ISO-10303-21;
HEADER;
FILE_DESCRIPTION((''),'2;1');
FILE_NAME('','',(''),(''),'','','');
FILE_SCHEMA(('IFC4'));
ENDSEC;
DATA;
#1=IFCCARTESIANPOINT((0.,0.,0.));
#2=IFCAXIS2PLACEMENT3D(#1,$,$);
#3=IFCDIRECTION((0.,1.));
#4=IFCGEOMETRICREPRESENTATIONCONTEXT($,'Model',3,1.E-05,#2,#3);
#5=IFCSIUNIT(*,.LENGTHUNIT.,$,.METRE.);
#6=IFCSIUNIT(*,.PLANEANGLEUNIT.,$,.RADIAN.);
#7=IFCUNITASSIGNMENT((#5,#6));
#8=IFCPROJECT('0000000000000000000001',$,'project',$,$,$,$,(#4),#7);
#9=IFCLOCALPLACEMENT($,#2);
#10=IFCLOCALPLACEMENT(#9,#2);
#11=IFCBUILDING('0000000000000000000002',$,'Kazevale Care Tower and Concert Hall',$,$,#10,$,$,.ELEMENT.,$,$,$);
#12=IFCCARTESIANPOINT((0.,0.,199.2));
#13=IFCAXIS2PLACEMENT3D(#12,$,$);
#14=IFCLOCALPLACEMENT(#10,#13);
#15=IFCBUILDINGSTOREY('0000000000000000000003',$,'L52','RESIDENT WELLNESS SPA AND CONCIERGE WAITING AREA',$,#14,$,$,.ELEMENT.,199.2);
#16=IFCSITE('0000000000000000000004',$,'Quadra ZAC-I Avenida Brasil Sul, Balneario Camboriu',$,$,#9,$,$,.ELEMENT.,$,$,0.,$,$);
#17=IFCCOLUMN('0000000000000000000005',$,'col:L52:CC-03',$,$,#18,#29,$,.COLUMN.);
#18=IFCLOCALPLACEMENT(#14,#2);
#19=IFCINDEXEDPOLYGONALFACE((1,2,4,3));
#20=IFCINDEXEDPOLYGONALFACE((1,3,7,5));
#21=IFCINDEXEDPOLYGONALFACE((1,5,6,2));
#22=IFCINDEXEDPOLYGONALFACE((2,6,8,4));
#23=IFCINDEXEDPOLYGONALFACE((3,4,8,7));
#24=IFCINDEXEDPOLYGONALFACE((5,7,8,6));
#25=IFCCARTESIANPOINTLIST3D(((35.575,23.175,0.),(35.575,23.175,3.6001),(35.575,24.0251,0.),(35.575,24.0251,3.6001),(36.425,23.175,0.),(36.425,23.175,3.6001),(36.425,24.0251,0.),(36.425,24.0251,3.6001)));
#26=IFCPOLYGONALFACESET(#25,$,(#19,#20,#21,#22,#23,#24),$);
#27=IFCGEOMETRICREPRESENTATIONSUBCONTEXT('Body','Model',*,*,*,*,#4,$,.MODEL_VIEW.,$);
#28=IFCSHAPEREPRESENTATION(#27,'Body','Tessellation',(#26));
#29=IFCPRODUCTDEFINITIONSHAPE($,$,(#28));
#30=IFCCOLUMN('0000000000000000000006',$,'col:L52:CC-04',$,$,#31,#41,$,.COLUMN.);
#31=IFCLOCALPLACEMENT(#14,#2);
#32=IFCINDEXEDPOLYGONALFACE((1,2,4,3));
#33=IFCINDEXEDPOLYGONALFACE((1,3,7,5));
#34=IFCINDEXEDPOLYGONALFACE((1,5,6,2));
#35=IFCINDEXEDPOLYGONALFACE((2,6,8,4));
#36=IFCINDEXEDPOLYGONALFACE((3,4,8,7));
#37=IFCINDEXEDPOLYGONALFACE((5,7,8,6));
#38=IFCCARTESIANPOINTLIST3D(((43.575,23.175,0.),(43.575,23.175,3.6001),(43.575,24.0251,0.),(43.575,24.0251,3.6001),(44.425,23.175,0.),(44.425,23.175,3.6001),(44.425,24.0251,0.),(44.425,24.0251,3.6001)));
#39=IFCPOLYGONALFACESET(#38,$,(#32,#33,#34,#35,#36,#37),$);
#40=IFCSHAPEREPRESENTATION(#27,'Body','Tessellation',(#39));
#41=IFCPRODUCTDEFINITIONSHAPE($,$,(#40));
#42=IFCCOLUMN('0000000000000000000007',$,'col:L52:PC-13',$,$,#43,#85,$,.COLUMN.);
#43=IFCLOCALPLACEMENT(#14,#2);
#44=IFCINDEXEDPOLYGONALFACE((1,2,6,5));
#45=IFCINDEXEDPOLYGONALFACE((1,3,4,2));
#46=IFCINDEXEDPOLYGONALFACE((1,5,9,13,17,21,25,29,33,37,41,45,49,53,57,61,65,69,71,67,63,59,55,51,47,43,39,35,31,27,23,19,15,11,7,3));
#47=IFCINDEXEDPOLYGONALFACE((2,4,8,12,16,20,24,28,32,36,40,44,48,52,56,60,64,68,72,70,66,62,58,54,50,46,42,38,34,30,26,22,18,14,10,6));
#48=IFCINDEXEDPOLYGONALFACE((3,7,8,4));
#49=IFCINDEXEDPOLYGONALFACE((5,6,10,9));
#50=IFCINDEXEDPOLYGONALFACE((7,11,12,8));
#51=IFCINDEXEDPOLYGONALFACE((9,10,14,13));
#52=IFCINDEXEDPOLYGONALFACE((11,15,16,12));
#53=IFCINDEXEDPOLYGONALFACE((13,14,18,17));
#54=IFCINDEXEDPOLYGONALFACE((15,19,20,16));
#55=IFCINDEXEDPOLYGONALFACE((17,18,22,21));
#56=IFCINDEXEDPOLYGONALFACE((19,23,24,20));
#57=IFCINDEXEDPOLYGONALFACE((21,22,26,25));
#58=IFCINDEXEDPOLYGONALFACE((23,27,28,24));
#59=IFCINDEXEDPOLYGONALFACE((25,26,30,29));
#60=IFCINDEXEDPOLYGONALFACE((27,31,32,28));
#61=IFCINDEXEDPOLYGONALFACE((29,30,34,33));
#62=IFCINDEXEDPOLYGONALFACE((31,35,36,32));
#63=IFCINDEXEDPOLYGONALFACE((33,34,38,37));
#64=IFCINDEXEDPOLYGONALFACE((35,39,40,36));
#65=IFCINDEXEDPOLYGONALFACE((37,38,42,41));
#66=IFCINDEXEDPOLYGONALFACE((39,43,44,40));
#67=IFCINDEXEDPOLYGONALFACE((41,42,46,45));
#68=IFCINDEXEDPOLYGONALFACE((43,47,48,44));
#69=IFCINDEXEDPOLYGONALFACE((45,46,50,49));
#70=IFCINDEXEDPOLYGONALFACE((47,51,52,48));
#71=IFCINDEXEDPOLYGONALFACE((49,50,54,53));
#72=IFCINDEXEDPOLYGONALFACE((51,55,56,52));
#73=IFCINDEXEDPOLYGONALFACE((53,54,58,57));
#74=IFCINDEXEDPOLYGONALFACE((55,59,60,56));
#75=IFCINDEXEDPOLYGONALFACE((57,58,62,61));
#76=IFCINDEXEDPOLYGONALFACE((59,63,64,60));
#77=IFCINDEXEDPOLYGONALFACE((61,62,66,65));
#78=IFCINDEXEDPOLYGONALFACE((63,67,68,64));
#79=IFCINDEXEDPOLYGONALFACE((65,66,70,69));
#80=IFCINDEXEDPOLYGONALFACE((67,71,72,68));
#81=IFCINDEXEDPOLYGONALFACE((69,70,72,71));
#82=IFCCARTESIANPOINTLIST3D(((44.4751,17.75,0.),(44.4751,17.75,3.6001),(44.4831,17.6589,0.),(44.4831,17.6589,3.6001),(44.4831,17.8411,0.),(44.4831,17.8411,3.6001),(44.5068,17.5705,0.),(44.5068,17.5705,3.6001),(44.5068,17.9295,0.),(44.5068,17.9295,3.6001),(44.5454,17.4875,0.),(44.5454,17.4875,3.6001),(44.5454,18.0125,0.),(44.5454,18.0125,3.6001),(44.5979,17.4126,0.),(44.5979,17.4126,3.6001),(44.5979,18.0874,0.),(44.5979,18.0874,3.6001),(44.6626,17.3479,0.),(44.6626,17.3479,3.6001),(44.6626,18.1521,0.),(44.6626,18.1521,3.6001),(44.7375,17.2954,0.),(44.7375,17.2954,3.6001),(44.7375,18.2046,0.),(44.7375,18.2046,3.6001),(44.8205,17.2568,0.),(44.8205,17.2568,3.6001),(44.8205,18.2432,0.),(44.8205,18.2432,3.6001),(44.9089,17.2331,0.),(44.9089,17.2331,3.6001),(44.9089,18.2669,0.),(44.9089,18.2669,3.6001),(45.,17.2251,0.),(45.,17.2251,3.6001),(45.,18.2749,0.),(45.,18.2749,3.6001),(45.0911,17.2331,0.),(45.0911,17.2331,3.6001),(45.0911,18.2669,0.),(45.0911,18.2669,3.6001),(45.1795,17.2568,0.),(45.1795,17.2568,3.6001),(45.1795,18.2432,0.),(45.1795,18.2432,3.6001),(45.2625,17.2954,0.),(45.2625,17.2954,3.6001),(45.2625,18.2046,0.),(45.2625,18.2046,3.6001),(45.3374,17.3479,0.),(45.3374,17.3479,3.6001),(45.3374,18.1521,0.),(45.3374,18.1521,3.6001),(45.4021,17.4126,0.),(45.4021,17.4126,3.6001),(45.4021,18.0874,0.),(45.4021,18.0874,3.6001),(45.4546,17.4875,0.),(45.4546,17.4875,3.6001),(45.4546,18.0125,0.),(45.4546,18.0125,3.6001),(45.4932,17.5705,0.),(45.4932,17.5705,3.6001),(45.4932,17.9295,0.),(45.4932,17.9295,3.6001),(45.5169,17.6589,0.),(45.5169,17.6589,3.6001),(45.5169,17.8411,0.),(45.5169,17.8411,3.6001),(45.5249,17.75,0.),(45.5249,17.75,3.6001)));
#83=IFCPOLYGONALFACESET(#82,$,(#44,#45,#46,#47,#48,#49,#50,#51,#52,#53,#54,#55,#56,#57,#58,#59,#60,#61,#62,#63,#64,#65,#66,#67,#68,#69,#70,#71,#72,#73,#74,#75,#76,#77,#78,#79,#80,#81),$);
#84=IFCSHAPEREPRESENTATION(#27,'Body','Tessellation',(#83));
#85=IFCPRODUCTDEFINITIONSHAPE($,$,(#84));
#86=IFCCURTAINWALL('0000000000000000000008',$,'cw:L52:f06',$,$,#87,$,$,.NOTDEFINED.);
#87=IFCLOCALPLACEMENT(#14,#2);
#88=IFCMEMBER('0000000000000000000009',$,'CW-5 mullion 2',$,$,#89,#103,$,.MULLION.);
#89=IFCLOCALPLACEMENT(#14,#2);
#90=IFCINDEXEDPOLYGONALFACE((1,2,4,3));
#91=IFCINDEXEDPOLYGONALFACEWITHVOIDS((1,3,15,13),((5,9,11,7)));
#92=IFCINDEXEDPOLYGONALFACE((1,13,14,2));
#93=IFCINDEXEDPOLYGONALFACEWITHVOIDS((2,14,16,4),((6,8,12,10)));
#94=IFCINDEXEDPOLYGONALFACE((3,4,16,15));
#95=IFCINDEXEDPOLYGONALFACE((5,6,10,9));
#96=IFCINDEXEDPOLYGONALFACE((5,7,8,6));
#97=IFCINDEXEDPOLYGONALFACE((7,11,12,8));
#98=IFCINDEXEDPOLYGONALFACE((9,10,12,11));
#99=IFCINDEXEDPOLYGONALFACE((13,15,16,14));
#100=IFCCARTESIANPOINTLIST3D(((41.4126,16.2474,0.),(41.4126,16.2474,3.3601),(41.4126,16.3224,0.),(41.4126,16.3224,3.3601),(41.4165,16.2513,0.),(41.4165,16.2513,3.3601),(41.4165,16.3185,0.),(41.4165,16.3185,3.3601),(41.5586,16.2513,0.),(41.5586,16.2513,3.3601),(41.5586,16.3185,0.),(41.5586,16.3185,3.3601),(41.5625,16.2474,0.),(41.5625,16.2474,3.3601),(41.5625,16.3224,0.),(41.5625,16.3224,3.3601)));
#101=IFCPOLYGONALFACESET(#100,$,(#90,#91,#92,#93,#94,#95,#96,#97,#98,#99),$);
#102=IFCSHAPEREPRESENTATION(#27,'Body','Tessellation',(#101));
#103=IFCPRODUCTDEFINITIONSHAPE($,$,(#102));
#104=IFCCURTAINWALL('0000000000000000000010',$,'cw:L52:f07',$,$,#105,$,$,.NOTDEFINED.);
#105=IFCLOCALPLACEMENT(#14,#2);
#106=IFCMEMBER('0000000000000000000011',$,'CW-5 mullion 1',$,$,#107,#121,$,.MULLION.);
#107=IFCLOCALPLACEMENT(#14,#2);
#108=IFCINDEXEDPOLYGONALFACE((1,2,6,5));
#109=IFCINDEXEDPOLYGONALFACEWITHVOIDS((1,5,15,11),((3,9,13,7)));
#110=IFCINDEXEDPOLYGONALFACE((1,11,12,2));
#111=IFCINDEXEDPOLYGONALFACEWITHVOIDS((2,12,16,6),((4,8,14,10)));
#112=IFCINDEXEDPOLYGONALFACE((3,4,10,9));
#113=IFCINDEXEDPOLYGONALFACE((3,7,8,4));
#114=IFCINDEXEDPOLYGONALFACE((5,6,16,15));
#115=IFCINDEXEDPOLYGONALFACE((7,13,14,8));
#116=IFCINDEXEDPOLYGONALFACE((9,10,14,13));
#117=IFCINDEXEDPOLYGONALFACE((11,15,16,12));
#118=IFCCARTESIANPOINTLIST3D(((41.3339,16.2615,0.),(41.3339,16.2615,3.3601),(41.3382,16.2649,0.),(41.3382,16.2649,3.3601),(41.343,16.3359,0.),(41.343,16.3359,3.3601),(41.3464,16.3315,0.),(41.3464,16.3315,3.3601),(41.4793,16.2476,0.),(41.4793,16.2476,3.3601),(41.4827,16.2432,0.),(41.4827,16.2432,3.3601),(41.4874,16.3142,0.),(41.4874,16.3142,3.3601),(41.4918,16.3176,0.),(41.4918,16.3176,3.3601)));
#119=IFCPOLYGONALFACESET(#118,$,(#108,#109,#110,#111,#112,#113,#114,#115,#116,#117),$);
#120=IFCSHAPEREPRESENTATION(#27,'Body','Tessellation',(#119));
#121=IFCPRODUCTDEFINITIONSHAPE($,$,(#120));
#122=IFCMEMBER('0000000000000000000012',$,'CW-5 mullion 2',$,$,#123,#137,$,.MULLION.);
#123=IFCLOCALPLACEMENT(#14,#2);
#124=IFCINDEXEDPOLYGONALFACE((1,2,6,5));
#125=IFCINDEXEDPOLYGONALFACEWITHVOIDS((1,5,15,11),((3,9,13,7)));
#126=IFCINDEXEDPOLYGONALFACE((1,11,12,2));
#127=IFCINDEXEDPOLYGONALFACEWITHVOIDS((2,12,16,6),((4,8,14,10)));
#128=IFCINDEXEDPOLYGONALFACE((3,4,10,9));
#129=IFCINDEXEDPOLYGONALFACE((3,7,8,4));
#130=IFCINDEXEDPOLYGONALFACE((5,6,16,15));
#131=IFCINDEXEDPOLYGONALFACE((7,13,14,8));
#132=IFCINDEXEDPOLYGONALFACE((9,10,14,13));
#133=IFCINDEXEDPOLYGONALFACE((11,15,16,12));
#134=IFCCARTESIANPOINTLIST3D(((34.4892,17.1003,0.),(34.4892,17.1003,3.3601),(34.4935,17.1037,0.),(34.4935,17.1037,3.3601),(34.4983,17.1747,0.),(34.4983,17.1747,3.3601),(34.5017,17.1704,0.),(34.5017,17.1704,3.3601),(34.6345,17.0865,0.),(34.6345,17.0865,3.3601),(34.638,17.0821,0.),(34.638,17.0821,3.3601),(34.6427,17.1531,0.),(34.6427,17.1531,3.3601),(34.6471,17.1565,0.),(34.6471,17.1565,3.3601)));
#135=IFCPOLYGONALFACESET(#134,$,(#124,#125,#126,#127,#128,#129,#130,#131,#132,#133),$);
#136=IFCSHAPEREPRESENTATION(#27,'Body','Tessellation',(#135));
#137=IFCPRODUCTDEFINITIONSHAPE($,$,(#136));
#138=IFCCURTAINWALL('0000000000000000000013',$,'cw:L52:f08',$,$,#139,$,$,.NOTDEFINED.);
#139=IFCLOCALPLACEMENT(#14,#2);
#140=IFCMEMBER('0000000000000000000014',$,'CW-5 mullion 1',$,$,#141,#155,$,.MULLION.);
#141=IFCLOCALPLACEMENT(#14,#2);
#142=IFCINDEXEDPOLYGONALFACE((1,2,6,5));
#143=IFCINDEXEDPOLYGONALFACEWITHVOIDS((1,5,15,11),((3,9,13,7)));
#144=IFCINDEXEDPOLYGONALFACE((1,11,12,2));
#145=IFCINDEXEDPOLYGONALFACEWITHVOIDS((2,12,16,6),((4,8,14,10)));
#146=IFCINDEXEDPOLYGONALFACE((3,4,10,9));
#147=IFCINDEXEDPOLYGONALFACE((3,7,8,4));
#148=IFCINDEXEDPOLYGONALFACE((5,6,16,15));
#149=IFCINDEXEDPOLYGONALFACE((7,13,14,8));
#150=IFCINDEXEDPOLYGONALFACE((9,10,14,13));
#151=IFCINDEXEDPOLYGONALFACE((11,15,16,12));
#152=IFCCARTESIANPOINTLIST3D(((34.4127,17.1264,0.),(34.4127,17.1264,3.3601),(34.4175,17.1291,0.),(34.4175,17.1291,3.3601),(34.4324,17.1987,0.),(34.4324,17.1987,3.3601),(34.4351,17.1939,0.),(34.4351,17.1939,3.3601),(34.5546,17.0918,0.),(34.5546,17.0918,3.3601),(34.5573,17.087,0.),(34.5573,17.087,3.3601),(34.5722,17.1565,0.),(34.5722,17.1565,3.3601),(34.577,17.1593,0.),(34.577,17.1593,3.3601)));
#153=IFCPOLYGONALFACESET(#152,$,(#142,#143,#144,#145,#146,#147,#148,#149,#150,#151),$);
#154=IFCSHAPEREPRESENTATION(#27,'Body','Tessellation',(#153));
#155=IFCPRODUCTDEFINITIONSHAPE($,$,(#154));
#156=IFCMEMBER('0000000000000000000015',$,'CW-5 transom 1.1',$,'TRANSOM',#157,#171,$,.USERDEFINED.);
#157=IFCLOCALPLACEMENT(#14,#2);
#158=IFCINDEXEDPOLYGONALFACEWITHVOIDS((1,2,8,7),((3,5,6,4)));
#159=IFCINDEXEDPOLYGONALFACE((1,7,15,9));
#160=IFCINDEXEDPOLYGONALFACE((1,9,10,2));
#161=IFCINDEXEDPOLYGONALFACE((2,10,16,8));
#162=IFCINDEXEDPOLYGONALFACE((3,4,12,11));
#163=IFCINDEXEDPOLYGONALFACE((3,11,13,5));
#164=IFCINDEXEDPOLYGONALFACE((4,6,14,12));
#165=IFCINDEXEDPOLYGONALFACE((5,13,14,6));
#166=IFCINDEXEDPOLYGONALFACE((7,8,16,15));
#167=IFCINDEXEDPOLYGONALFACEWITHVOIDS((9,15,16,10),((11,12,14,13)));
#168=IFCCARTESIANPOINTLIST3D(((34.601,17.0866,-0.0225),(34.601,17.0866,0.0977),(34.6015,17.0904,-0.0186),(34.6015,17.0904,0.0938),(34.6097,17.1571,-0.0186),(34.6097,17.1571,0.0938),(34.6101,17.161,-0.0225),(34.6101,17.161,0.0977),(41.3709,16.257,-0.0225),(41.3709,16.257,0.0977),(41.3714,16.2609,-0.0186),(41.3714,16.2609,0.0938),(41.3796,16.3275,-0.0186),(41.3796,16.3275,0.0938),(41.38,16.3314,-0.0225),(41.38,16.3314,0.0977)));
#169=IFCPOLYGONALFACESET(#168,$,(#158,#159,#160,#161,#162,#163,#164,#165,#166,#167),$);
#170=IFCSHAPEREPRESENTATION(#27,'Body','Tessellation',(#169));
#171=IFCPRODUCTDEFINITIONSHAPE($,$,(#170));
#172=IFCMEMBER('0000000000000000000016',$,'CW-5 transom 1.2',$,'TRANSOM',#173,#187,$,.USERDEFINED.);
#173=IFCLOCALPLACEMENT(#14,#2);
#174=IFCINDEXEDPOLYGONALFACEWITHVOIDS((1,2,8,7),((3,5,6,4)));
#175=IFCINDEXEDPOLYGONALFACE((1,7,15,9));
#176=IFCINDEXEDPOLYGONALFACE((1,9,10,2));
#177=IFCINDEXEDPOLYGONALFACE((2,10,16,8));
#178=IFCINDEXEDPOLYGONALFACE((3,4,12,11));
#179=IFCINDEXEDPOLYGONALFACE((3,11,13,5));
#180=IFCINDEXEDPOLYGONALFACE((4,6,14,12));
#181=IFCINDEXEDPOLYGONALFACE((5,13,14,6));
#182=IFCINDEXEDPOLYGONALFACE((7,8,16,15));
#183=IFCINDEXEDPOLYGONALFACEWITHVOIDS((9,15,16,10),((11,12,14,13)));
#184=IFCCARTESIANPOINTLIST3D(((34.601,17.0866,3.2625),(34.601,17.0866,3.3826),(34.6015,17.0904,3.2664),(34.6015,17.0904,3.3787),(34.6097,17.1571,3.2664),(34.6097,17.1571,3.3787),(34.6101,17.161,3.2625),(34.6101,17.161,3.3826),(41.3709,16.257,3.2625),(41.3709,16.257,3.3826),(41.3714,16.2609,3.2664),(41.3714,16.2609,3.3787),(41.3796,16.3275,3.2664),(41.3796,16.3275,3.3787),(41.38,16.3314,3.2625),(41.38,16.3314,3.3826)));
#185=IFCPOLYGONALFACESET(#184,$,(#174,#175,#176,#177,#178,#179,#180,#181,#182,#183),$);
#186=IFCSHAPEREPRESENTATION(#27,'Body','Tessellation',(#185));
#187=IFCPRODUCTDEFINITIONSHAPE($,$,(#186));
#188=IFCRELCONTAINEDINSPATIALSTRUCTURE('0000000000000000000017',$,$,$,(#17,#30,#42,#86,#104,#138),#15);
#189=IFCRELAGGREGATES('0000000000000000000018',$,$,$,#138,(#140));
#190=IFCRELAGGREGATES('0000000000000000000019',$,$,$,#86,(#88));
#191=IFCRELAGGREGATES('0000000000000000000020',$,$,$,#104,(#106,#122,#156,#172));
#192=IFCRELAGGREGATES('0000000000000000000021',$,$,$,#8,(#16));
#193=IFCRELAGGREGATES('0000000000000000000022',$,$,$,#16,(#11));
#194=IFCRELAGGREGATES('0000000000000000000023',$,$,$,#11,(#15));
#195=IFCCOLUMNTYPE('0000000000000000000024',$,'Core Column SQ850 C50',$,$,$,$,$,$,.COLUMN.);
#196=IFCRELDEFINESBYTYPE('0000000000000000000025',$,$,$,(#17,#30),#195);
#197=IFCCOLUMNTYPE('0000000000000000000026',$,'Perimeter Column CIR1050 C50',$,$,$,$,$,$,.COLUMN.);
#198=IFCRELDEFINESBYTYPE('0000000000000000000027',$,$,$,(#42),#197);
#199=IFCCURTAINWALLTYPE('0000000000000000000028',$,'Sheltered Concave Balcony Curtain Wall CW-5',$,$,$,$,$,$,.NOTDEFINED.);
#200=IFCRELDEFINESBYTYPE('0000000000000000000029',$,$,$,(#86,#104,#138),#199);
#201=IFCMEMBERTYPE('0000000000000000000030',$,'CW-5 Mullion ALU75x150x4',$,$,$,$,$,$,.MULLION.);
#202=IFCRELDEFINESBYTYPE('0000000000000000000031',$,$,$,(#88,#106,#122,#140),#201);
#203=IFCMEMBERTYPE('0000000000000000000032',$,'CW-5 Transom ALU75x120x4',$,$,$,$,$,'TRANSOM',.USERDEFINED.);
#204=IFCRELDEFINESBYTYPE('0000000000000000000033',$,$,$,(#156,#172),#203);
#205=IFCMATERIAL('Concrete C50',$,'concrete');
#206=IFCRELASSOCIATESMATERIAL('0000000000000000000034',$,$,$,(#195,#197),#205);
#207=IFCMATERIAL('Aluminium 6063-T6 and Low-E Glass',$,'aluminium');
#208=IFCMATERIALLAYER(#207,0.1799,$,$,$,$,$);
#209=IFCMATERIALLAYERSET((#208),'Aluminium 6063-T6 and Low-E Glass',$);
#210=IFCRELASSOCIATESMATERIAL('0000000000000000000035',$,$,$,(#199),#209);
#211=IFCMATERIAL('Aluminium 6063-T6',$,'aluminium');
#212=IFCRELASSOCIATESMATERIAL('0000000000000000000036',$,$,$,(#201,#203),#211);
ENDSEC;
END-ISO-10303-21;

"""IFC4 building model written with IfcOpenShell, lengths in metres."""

from ifc_helpers import new_model, si_unit, direction, frame, origin, origin_2d, place, context, subcontext, project, spatial, rectangle, hollow_rectangle, circle, extrude, material, layer, layer_set, material_profile, profile_set, type_object, element, aggregate, save


model = new_model("IFC4")

# Units and contexts
model_context = context("Model", 3, precision=1e-05, world=origin(), true_north=direction((0.0, 1.0)))
body_context = subcontext(model_context, "Body", "Model", "MODEL_VIEW")
ifc_project = project(units=[si_unit("LENGTHUNIT", "METRE"), si_unit("PLANEANGLEUNIT", "RADIAN")], contexts=[model_context])

# Site, building, storey
site_placement = place(None, origin())
site = spatial("IfcSite", under=ifc_project, at=site_placement, Name="Quadra ZAC-I Avenida Brasil Sul, Balneario Camboriu", CompositionType="ELEMENT", RefElevation=0.0)
building_placement = place(site_placement, origin())
building = spatial("IfcBuilding", under=site, at=building_placement, Name="Kazevale Care Tower and Concert Hall", CompositionType="ELEMENT")
storey_placement = place(building_placement, frame((0.0, 0.0, 199.2)))
storey = spatial("IfcBuildingStorey", under=building, at=storey_placement, Name="L52", Description="RESIDENT WELLNESS SPA AND CONCIERGE WAITING AREA", CompositionType="ELEMENT", Elevation=199.2)

# Columns
ifc_material_1 = material(Name="Concrete C50", Category="concrete")
ifc_material_profile_1 = material_profile(ifc_material_1, rectangle(XDim=0.8501, YDim=0.8501, at=origin_2d()), Name="RC-SQ850")
ifc_profile_set_1 = profile_set([ifc_material_profile_1], Name="Concrete C50")
column_type_1 = type_object("IfcColumnType", Name="Core Column SQ850 C50", PredefinedType="COLUMN", material=ifc_profile_set_1)
for number, where, z_axis, x_axis, name in (
    (1, (36.0, 23.6001, 0.0), (0.0, 0.0, 1.0), (1.0, 0.0, 0.0), "col:L52:CC-03"),
    (2, (44.0, 23.6001, 0.0), (0.0, 0.0, 1.0), (1.0, 0.0, 0.0), "col:L52:CC-04"),
):
    element("IfcColumn", number, at=place(storey_placement, frame(where, z_axis=z_axis, x_axis=x_axis)), inside=storey, type_object=column_type_1, Name=name, PredefinedType="COLUMN", context=body_context, shape_type="SweptSolid", body=[
        extrude(rectangle(XDim=0.8501, YDim=0.8501, at=origin_2d()), origin(), (0.0, 0.0, 1.0), 3.6001),
    ])
ifc_material_profile_2 = material_profile(ifc_material_1, circle(Radius=0.5249, at=origin_2d()), Name="RC-CIR1050")
ifc_profile_set_2 = profile_set([ifc_material_profile_2], Name="Concrete C50")
column_type_2 = type_object("IfcColumnType", Name="Perimeter Column CIR1050 C50", PredefinedType="COLUMN", material=ifc_profile_set_2)
column_placement = place(storey_placement, frame((45.0, 17.75, 0.0), z_axis=(0.0, 0.0, 1.0), x_axis=(1.0, 0.0, 0.0)))
element("IfcColumn", 3, at=column_placement, inside=storey, type_object=column_type_2, Name="col:L52:PC-13", PredefinedType="COLUMN", context=body_context, shape_type="SweptSolid", body=[
    extrude(circle(Radius=0.5249, at=origin_2d()), origin(), (0.0, 0.0, 1.0), 3.6001),
])

# Curtain wall, member
ifc_material_2 = material(Name="Aluminium 6063-T6 and Low-E Glass", Category="aluminium")
ifc_layer_1 = layer(ifc_material_2, 0.1799)
ifc_layer_set_1 = layer_set([ifc_layer_1], Name="Aluminium 6063-T6 and Low-E Glass")
curtain_wall_type = type_object("IfcCurtainWallType", Name="Sheltered Concave Balcony Curtain Wall CW-5", PredefinedType="NOTDEFINED", material=ifc_layer_set_1)
curtain_wall_1_placement = place(storey_placement, origin())
curtain_wall_1 = element("IfcCurtainWall", 4, at=curtain_wall_1_placement, inside=storey, type_object=curtain_wall_type, Name="cw:L52:f06", PredefinedType="NOTDEFINED")
ifc_material_3 = material(Name="Aluminium 6063-T6", Category="aluminium")
ifc_material_profile_3 = material_profile(ifc_material_3, hollow_rectangle(XDim=0.075, YDim=0.1499, WallThickness=0.0039, at=origin_2d()), Name="ALU75x150x4")
ifc_profile_set_3 = profile_set([ifc_material_profile_3], Name="Aluminium 6063-T6")
member_type_1 = type_object("IfcMemberType", Name="CW-5 Mullion ALU75x150x4", PredefinedType="MULLION", material=ifc_profile_set_3)
member_1_placement = place(storey_placement, frame((41.4875, 16.2849, 0.0), z_axis=(0.0, 0.0, 1.0), x_axis=(0.0, -1.0, 0.0)))
member_1 = element("IfcMember", 5, at=member_1_placement, type_object=member_type_1, Name="CW-5 mullion 2", PredefinedType="MULLION", context=body_context, shape_type="SweptSolid", body=[
    extrude(hollow_rectangle(XDim=0.075, YDim=0.1499, WallThickness=0.0039, at=origin_2d()), origin(), (0.0, 0.0, 1.0), 3.3601),
])

# Curtain wall, members
curtain_wall_2_placement = place(storey_placement, origin())
curtain_wall_2 = element("IfcCurtainWall", 6, at=curtain_wall_2_placement, inside=storey, type_object=curtain_wall_type, Name="cw:L52:f07", PredefinedType="NOTDEFINED")
member_2_placement = place(storey_placement, frame((41.4128, 16.2896, 0.0), z_axis=(0.0, 0.0, 1.0), x_axis=(-0.121651, -0.992573, 0.0)))
member_2 = element("IfcMember", 7, at=member_2_placement, type_object=member_type_1, Name="CW-5 mullion 1", PredefinedType="MULLION", context=body_context, shape_type="SweptSolid", body=[
    extrude(hollow_rectangle(XDim=0.075, YDim=0.1499, WallThickness=0.0039, at=origin_2d()), origin(), (0.0, 0.0, 1.0), 3.3601),
])
member_3_placement = place(storey_placement, frame((34.5681, 17.1284, 0.0), z_axis=(0.0, 0.0, 1.0), x_axis=(-0.121651, -0.992573, 0.0)))
member_3 = element("IfcMember", 8, at=member_3_placement, type_object=member_type_1, Name="CW-5 mullion 2", PredefinedType="MULLION", context=body_context, shape_type="SweptSolid", body=[
    extrude(hollow_rectangle(XDim=0.075, YDim=0.1499, WallThickness=0.0039, at=origin_2d()), origin(), (0.0, 0.0, 1.0), 3.3601),
])

# Curtain wall, member
curtain_wall_3_placement = place(storey_placement, origin())
curtain_wall_3 = element("IfcCurtainWall", 9, at=curtain_wall_3_placement, inside=storey, type_object=curtain_wall_type, Name="cw:L52:f08", PredefinedType="NOTDEFINED")
member_4_placement = place(storey_placement, frame((34.4949, 17.1428, 0.0), z_axis=(0.0, 0.0, 1.0), x_axis=(-0.262849, -0.964837, 0.0)))
member_4 = element("IfcMember", 10, at=member_4_placement, type_object=member_type_1, Name="CW-5 mullion 1", PredefinedType="MULLION", context=body_context, shape_type="SweptSolid", body=[
    extrude(hollow_rectangle(XDim=0.075, YDim=0.1499, WallThickness=0.0039, at=origin_2d()), origin(), (0.0, 0.0, 1.0), 3.3601),
])
aggregate(curtain_wall_3, [member_4])

# Members
ifc_material_profile_4 = material_profile(ifc_material_3, hollow_rectangle(XDim=0.075, YDim=0.1201, WallThickness=0.0039, at=origin_2d()), Name="ALU75x120x4")
ifc_profile_set_4 = profile_set([ifc_material_profile_4], Name="Aluminium 6063-T6")
member_type_2 = type_object("IfcMemberType", Name="CW-5 Transom ALU75x120x4", ElementType="TRANSOM", PredefinedType="USERDEFINED", material=ifc_profile_set_4)
member_5_placement = place(storey_placement, frame((41.3755, 16.2942, 0.0376), z_axis=(-0.992576, 0.121629, 0.0), x_axis=(-0.121629, -0.992576, 0.0)))
member_5 = element("IfcMember", 11, at=member_5_placement, type_object=member_type_2, Name="CW-5 transom 1.1", ObjectType="TRANSOM", PredefinedType="USERDEFINED", context=body_context, shape_type="SweptSolid", body=[
    extrude(hollow_rectangle(XDim=0.075, YDim=0.1201, WallThickness=0.0039, at=origin_2d()), origin(), (0.0, 0.0, 1.0), 6.8206),
])
member_6_placement = place(storey_placement, frame((41.3755, 16.2942, 3.3225), z_axis=(-0.992576, 0.121629, 0.0), x_axis=(-0.121629, -0.992576, 0.0)))
member_6 = element("IfcMember", 12, at=member_6_placement, type_object=member_type_2, Name="CW-5 transom 1.2", ObjectType="TRANSOM", PredefinedType="USERDEFINED", context=body_context, shape_type="SweptSolid", body=[
    extrude(hollow_rectangle(XDim=0.075, YDim=0.1201, WallThickness=0.0039, at=origin_2d()), origin(), (0.0, 0.0, 1.0), 6.8206),
])

aggregate(curtain_wall_1, [member_1])
aggregate(curtain_wall_2, [member_2, member_3, member_5, member_6])

save(model, "model.ifc")
